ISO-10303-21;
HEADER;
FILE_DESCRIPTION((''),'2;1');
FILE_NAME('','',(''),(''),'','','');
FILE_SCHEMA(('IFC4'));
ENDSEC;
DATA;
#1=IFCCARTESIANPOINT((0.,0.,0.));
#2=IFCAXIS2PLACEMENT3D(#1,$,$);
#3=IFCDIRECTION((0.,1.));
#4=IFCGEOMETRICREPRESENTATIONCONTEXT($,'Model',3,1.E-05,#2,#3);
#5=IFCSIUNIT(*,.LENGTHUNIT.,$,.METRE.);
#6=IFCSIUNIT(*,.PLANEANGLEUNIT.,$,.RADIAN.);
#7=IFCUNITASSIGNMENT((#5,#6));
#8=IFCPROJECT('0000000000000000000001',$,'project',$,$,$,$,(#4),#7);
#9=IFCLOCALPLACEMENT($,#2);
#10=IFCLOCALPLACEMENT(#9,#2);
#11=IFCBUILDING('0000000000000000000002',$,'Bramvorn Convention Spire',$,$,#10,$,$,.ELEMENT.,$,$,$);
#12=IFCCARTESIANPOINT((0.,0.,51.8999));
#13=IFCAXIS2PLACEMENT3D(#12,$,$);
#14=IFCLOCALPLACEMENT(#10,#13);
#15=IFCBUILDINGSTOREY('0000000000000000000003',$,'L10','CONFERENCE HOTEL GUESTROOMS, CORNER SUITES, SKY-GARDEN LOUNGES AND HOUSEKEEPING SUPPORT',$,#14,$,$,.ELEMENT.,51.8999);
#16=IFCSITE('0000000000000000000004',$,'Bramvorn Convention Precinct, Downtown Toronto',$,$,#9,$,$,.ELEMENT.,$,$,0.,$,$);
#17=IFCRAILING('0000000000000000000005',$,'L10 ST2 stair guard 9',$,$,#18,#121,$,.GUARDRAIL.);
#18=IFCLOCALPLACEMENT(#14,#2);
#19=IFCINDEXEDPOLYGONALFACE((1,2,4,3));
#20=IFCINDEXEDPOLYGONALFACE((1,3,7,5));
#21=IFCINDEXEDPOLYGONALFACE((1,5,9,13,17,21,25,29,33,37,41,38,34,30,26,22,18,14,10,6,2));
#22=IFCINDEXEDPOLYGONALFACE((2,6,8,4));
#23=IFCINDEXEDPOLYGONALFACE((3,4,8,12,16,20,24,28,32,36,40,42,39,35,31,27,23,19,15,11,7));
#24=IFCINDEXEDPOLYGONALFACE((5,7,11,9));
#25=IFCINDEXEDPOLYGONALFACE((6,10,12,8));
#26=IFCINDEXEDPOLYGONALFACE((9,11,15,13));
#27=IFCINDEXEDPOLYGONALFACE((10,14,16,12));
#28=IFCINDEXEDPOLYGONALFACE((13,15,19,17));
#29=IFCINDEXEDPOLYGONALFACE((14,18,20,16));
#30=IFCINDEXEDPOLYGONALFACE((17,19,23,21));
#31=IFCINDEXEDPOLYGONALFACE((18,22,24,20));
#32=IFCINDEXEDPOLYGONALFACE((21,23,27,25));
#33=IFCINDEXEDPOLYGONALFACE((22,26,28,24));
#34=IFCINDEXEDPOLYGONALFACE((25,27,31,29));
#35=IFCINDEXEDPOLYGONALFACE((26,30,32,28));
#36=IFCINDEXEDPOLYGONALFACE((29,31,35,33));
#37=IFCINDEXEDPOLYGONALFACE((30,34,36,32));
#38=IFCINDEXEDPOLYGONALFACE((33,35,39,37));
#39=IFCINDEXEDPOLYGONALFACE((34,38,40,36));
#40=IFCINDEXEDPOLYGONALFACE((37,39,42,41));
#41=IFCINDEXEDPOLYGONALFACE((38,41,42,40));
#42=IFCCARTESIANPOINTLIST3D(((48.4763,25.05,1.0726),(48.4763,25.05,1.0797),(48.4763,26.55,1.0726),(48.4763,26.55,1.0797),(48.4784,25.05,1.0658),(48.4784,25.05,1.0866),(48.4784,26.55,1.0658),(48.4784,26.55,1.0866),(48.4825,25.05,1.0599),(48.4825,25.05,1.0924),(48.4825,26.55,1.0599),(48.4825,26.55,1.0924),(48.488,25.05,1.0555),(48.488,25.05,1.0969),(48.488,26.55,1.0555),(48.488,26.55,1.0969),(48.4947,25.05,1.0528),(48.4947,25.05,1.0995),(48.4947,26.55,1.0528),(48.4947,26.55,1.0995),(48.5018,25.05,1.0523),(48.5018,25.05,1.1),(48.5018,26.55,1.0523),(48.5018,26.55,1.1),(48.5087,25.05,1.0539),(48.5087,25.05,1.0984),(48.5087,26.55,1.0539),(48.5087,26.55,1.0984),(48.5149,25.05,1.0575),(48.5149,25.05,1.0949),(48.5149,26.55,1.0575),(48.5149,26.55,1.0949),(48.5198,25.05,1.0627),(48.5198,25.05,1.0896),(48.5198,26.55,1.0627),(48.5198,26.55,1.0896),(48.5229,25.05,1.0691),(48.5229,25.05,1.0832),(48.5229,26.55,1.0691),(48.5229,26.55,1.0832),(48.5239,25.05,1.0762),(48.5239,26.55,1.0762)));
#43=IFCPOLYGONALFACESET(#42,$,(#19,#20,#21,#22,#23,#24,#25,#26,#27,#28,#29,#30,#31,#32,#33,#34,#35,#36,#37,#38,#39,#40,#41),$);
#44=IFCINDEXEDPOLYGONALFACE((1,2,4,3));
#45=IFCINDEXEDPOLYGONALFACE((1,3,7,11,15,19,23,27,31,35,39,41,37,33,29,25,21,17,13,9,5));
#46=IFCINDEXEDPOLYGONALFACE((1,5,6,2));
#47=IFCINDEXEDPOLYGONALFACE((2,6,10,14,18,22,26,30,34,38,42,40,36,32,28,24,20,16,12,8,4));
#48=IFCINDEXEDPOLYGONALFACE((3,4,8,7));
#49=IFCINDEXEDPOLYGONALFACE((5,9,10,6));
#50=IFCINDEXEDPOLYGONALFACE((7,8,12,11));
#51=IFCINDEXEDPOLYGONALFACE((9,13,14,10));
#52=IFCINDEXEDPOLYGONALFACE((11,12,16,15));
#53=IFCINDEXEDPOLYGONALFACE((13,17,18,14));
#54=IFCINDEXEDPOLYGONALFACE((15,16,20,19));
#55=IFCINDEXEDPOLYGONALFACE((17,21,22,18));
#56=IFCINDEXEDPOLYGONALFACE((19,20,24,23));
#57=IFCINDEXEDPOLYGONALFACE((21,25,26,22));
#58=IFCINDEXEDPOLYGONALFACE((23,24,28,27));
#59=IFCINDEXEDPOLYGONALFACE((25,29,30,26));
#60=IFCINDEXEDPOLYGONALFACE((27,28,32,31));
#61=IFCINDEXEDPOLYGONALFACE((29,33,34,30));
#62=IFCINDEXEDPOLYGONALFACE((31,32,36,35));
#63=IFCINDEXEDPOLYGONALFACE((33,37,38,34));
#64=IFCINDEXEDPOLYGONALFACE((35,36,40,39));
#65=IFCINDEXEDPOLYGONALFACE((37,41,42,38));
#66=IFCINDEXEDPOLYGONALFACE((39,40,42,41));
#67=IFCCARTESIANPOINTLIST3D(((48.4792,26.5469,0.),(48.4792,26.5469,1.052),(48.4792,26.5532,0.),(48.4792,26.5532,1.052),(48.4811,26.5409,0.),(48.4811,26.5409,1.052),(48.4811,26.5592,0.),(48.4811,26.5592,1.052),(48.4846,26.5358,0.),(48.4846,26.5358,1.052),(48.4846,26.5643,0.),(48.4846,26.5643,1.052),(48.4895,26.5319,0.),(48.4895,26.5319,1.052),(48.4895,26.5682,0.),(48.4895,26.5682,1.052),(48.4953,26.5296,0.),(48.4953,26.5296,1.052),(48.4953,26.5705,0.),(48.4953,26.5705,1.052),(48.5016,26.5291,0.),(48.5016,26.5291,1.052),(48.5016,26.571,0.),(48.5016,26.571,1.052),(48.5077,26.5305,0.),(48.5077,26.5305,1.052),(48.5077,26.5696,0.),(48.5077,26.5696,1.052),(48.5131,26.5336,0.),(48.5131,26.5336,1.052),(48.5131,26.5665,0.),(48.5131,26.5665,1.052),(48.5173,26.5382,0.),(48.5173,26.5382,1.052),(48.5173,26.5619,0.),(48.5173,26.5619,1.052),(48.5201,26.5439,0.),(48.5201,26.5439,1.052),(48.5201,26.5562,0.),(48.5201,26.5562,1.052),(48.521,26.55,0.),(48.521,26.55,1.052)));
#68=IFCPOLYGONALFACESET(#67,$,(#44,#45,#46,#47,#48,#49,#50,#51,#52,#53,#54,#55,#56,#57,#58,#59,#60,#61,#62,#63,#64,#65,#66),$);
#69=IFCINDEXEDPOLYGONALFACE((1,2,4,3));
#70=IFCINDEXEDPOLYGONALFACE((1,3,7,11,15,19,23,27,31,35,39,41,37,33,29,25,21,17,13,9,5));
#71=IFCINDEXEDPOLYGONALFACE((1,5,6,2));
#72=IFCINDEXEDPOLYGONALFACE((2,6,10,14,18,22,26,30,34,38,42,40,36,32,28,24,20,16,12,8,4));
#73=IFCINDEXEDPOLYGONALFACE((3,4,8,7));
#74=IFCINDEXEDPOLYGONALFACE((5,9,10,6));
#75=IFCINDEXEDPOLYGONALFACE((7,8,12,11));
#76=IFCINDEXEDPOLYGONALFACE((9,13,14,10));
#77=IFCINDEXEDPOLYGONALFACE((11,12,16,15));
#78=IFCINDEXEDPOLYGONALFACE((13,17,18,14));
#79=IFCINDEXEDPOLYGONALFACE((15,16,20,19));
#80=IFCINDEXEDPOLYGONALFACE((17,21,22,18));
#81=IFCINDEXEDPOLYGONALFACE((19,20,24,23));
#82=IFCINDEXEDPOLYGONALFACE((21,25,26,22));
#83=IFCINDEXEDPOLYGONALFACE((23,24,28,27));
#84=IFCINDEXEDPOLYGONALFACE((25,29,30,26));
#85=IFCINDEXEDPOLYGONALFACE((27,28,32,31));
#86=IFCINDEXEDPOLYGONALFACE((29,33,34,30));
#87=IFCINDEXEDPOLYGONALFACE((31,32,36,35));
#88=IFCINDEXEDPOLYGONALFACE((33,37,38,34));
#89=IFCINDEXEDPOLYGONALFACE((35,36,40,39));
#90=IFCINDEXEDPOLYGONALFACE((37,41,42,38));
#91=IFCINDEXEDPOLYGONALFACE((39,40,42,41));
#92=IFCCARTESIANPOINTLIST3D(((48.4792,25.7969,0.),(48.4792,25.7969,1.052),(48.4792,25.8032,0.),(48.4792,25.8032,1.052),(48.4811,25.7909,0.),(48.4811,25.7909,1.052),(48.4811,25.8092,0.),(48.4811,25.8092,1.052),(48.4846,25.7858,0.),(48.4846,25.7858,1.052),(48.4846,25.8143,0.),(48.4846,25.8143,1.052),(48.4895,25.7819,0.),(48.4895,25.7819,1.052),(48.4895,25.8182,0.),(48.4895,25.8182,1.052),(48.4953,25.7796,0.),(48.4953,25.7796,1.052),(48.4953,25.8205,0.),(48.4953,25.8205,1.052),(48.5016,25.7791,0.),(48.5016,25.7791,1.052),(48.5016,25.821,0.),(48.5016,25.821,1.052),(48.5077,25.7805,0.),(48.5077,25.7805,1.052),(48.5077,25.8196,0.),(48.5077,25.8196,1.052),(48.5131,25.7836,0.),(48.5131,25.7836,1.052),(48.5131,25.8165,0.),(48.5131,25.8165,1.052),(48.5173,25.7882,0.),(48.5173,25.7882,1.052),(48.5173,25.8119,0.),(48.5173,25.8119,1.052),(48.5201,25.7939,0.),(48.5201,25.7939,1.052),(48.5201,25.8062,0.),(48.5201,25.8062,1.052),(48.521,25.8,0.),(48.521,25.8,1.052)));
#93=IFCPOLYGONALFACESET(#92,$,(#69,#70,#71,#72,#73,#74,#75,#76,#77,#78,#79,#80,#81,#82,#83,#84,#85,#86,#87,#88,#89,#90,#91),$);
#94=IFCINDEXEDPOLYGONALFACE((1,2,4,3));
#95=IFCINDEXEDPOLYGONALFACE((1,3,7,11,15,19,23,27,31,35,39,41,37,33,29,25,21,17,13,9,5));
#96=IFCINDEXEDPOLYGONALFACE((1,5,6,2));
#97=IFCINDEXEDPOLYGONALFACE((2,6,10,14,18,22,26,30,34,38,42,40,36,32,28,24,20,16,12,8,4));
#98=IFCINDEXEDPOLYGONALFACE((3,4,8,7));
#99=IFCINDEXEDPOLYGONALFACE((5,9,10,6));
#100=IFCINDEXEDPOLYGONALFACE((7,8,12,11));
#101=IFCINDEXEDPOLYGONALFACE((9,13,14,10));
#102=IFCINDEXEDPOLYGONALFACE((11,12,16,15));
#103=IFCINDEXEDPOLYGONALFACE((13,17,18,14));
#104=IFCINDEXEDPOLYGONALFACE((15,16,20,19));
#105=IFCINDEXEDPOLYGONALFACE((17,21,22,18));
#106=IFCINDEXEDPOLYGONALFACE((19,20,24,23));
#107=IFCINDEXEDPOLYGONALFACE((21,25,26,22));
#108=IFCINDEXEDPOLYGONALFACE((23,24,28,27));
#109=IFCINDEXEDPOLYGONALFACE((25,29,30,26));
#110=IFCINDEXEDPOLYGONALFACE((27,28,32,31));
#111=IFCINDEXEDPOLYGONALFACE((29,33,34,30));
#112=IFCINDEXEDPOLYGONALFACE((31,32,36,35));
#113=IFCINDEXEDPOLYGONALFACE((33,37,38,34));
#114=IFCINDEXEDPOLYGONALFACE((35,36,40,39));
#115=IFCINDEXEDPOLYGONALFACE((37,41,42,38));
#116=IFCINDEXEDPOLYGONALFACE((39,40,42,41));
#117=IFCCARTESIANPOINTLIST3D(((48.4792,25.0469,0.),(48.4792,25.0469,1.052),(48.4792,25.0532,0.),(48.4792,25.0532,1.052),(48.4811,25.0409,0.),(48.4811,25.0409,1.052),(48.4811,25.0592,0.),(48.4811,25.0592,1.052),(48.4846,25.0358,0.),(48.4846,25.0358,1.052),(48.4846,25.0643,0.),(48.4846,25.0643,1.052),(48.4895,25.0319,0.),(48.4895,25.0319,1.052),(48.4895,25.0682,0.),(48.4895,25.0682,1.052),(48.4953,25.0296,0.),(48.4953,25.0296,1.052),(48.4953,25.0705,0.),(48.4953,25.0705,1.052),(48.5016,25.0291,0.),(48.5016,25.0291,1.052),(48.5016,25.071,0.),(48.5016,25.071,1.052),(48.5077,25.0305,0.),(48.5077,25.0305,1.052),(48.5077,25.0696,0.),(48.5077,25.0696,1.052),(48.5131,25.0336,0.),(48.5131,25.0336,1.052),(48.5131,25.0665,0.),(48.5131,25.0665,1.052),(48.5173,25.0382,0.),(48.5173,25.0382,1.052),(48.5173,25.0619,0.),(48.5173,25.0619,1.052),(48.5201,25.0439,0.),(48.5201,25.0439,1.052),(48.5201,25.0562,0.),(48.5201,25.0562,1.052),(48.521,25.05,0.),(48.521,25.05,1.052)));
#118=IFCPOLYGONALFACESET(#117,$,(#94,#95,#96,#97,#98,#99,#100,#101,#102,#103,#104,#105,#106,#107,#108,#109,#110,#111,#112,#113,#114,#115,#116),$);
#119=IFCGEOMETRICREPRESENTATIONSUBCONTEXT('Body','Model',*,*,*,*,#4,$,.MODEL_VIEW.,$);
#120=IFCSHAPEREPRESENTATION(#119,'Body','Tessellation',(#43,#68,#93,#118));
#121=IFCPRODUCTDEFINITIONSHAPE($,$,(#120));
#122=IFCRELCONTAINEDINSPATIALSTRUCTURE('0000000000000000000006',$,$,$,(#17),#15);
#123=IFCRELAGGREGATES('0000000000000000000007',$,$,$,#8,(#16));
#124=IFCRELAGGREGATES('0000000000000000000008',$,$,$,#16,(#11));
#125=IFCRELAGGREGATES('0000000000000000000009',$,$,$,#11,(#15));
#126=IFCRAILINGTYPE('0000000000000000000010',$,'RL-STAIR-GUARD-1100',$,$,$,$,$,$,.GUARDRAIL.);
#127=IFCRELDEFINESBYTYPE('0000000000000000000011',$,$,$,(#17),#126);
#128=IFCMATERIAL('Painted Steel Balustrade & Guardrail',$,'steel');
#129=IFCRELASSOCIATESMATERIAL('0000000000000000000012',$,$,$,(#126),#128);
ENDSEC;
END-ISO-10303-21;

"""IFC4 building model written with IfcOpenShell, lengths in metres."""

from ifc_helpers import new_model, si_unit, direction, frame, origin, origin_2d, place, context, subcontext, project, spatial, circle, extrude, material, type_object, element, save


model = new_model("IFC4")

# Units and contexts
model_context = context("Model", 3, precision=1e-05, world=origin(), true_north=direction((0.0, 1.0)))
body_context = subcontext(model_context, "Body", "Model", "MODEL_VIEW")
ifc_project = project(units=[si_unit("LENGTHUNIT", "METRE"), si_unit("PLANEANGLEUNIT", "RADIAN")], contexts=[model_context])

# Site, building, storey
site_placement = place(None, origin())
site = spatial("IfcSite", under=ifc_project, at=site_placement, Name="Bramvorn Convention Precinct, Downtown Toronto", CompositionType="ELEMENT", RefElevation=0.0)
building_placement = place(site_placement, origin())
building = spatial("IfcBuilding", under=site, at=building_placement, Name="Bramvorn Convention Spire", CompositionType="ELEMENT")
storey_placement = place(building_placement, frame((0.0, 0.0, 51.8999)))
storey = spatial("IfcBuildingStorey", under=building, at=storey_placement, Name="L10", Description="CONFERENCE HOTEL GUESTROOMS, CORNER SUITES, SKY-GARDEN LOUNGES AND HOUSEKEEPING SUPPORT", CompositionType="ELEMENT", Elevation=51.8999)

# Railing
ifc_material_1 = material(Name="Painted Steel Balustrade & Guardrail", Category="steel")
railing_type_1 = type_object("IfcRailingType", Name="RL-STAIR-GUARD-1100", PredefinedType="GUARDRAIL", material=ifc_material_1)
for number, where, name in (
    (1, (48.5, 26.55, 0.0), "L10 ST2 stair guard 9"),
):
    element("IfcRailing", number, at=place(storey_placement, frame(where)), inside=storey, type_object=railing_type_1, Name=name, PredefinedType="GUARDRAIL", context=body_context, shape_type="SweptSolid", body=[
        extrude(circle(Radius=0.0239, at=origin_2d()), frame((0.0, 0.0, 1.0762), z_axis=(0.0, -1.0, 0.0), x_axis=(1.0, 0.0, 0.0)), (0.0, 0.0, 1.0), 1.5),
        extrude(circle(Radius=0.021, at=origin_2d()), origin(), (0.0, 0.0, 1.0), 1.052),
        extrude(circle(Radius=0.021, at=origin_2d()), frame((0.0, -0.75, 0.0)), (0.0, 0.0, 1.0), 1.052),
        extrude(circle(Radius=0.021, at=origin_2d()), frame((0.0, -1.5, 0.0)), (0.0, 0.0, 1.0), 1.052),
    ])

save(model, "model.ifc")
